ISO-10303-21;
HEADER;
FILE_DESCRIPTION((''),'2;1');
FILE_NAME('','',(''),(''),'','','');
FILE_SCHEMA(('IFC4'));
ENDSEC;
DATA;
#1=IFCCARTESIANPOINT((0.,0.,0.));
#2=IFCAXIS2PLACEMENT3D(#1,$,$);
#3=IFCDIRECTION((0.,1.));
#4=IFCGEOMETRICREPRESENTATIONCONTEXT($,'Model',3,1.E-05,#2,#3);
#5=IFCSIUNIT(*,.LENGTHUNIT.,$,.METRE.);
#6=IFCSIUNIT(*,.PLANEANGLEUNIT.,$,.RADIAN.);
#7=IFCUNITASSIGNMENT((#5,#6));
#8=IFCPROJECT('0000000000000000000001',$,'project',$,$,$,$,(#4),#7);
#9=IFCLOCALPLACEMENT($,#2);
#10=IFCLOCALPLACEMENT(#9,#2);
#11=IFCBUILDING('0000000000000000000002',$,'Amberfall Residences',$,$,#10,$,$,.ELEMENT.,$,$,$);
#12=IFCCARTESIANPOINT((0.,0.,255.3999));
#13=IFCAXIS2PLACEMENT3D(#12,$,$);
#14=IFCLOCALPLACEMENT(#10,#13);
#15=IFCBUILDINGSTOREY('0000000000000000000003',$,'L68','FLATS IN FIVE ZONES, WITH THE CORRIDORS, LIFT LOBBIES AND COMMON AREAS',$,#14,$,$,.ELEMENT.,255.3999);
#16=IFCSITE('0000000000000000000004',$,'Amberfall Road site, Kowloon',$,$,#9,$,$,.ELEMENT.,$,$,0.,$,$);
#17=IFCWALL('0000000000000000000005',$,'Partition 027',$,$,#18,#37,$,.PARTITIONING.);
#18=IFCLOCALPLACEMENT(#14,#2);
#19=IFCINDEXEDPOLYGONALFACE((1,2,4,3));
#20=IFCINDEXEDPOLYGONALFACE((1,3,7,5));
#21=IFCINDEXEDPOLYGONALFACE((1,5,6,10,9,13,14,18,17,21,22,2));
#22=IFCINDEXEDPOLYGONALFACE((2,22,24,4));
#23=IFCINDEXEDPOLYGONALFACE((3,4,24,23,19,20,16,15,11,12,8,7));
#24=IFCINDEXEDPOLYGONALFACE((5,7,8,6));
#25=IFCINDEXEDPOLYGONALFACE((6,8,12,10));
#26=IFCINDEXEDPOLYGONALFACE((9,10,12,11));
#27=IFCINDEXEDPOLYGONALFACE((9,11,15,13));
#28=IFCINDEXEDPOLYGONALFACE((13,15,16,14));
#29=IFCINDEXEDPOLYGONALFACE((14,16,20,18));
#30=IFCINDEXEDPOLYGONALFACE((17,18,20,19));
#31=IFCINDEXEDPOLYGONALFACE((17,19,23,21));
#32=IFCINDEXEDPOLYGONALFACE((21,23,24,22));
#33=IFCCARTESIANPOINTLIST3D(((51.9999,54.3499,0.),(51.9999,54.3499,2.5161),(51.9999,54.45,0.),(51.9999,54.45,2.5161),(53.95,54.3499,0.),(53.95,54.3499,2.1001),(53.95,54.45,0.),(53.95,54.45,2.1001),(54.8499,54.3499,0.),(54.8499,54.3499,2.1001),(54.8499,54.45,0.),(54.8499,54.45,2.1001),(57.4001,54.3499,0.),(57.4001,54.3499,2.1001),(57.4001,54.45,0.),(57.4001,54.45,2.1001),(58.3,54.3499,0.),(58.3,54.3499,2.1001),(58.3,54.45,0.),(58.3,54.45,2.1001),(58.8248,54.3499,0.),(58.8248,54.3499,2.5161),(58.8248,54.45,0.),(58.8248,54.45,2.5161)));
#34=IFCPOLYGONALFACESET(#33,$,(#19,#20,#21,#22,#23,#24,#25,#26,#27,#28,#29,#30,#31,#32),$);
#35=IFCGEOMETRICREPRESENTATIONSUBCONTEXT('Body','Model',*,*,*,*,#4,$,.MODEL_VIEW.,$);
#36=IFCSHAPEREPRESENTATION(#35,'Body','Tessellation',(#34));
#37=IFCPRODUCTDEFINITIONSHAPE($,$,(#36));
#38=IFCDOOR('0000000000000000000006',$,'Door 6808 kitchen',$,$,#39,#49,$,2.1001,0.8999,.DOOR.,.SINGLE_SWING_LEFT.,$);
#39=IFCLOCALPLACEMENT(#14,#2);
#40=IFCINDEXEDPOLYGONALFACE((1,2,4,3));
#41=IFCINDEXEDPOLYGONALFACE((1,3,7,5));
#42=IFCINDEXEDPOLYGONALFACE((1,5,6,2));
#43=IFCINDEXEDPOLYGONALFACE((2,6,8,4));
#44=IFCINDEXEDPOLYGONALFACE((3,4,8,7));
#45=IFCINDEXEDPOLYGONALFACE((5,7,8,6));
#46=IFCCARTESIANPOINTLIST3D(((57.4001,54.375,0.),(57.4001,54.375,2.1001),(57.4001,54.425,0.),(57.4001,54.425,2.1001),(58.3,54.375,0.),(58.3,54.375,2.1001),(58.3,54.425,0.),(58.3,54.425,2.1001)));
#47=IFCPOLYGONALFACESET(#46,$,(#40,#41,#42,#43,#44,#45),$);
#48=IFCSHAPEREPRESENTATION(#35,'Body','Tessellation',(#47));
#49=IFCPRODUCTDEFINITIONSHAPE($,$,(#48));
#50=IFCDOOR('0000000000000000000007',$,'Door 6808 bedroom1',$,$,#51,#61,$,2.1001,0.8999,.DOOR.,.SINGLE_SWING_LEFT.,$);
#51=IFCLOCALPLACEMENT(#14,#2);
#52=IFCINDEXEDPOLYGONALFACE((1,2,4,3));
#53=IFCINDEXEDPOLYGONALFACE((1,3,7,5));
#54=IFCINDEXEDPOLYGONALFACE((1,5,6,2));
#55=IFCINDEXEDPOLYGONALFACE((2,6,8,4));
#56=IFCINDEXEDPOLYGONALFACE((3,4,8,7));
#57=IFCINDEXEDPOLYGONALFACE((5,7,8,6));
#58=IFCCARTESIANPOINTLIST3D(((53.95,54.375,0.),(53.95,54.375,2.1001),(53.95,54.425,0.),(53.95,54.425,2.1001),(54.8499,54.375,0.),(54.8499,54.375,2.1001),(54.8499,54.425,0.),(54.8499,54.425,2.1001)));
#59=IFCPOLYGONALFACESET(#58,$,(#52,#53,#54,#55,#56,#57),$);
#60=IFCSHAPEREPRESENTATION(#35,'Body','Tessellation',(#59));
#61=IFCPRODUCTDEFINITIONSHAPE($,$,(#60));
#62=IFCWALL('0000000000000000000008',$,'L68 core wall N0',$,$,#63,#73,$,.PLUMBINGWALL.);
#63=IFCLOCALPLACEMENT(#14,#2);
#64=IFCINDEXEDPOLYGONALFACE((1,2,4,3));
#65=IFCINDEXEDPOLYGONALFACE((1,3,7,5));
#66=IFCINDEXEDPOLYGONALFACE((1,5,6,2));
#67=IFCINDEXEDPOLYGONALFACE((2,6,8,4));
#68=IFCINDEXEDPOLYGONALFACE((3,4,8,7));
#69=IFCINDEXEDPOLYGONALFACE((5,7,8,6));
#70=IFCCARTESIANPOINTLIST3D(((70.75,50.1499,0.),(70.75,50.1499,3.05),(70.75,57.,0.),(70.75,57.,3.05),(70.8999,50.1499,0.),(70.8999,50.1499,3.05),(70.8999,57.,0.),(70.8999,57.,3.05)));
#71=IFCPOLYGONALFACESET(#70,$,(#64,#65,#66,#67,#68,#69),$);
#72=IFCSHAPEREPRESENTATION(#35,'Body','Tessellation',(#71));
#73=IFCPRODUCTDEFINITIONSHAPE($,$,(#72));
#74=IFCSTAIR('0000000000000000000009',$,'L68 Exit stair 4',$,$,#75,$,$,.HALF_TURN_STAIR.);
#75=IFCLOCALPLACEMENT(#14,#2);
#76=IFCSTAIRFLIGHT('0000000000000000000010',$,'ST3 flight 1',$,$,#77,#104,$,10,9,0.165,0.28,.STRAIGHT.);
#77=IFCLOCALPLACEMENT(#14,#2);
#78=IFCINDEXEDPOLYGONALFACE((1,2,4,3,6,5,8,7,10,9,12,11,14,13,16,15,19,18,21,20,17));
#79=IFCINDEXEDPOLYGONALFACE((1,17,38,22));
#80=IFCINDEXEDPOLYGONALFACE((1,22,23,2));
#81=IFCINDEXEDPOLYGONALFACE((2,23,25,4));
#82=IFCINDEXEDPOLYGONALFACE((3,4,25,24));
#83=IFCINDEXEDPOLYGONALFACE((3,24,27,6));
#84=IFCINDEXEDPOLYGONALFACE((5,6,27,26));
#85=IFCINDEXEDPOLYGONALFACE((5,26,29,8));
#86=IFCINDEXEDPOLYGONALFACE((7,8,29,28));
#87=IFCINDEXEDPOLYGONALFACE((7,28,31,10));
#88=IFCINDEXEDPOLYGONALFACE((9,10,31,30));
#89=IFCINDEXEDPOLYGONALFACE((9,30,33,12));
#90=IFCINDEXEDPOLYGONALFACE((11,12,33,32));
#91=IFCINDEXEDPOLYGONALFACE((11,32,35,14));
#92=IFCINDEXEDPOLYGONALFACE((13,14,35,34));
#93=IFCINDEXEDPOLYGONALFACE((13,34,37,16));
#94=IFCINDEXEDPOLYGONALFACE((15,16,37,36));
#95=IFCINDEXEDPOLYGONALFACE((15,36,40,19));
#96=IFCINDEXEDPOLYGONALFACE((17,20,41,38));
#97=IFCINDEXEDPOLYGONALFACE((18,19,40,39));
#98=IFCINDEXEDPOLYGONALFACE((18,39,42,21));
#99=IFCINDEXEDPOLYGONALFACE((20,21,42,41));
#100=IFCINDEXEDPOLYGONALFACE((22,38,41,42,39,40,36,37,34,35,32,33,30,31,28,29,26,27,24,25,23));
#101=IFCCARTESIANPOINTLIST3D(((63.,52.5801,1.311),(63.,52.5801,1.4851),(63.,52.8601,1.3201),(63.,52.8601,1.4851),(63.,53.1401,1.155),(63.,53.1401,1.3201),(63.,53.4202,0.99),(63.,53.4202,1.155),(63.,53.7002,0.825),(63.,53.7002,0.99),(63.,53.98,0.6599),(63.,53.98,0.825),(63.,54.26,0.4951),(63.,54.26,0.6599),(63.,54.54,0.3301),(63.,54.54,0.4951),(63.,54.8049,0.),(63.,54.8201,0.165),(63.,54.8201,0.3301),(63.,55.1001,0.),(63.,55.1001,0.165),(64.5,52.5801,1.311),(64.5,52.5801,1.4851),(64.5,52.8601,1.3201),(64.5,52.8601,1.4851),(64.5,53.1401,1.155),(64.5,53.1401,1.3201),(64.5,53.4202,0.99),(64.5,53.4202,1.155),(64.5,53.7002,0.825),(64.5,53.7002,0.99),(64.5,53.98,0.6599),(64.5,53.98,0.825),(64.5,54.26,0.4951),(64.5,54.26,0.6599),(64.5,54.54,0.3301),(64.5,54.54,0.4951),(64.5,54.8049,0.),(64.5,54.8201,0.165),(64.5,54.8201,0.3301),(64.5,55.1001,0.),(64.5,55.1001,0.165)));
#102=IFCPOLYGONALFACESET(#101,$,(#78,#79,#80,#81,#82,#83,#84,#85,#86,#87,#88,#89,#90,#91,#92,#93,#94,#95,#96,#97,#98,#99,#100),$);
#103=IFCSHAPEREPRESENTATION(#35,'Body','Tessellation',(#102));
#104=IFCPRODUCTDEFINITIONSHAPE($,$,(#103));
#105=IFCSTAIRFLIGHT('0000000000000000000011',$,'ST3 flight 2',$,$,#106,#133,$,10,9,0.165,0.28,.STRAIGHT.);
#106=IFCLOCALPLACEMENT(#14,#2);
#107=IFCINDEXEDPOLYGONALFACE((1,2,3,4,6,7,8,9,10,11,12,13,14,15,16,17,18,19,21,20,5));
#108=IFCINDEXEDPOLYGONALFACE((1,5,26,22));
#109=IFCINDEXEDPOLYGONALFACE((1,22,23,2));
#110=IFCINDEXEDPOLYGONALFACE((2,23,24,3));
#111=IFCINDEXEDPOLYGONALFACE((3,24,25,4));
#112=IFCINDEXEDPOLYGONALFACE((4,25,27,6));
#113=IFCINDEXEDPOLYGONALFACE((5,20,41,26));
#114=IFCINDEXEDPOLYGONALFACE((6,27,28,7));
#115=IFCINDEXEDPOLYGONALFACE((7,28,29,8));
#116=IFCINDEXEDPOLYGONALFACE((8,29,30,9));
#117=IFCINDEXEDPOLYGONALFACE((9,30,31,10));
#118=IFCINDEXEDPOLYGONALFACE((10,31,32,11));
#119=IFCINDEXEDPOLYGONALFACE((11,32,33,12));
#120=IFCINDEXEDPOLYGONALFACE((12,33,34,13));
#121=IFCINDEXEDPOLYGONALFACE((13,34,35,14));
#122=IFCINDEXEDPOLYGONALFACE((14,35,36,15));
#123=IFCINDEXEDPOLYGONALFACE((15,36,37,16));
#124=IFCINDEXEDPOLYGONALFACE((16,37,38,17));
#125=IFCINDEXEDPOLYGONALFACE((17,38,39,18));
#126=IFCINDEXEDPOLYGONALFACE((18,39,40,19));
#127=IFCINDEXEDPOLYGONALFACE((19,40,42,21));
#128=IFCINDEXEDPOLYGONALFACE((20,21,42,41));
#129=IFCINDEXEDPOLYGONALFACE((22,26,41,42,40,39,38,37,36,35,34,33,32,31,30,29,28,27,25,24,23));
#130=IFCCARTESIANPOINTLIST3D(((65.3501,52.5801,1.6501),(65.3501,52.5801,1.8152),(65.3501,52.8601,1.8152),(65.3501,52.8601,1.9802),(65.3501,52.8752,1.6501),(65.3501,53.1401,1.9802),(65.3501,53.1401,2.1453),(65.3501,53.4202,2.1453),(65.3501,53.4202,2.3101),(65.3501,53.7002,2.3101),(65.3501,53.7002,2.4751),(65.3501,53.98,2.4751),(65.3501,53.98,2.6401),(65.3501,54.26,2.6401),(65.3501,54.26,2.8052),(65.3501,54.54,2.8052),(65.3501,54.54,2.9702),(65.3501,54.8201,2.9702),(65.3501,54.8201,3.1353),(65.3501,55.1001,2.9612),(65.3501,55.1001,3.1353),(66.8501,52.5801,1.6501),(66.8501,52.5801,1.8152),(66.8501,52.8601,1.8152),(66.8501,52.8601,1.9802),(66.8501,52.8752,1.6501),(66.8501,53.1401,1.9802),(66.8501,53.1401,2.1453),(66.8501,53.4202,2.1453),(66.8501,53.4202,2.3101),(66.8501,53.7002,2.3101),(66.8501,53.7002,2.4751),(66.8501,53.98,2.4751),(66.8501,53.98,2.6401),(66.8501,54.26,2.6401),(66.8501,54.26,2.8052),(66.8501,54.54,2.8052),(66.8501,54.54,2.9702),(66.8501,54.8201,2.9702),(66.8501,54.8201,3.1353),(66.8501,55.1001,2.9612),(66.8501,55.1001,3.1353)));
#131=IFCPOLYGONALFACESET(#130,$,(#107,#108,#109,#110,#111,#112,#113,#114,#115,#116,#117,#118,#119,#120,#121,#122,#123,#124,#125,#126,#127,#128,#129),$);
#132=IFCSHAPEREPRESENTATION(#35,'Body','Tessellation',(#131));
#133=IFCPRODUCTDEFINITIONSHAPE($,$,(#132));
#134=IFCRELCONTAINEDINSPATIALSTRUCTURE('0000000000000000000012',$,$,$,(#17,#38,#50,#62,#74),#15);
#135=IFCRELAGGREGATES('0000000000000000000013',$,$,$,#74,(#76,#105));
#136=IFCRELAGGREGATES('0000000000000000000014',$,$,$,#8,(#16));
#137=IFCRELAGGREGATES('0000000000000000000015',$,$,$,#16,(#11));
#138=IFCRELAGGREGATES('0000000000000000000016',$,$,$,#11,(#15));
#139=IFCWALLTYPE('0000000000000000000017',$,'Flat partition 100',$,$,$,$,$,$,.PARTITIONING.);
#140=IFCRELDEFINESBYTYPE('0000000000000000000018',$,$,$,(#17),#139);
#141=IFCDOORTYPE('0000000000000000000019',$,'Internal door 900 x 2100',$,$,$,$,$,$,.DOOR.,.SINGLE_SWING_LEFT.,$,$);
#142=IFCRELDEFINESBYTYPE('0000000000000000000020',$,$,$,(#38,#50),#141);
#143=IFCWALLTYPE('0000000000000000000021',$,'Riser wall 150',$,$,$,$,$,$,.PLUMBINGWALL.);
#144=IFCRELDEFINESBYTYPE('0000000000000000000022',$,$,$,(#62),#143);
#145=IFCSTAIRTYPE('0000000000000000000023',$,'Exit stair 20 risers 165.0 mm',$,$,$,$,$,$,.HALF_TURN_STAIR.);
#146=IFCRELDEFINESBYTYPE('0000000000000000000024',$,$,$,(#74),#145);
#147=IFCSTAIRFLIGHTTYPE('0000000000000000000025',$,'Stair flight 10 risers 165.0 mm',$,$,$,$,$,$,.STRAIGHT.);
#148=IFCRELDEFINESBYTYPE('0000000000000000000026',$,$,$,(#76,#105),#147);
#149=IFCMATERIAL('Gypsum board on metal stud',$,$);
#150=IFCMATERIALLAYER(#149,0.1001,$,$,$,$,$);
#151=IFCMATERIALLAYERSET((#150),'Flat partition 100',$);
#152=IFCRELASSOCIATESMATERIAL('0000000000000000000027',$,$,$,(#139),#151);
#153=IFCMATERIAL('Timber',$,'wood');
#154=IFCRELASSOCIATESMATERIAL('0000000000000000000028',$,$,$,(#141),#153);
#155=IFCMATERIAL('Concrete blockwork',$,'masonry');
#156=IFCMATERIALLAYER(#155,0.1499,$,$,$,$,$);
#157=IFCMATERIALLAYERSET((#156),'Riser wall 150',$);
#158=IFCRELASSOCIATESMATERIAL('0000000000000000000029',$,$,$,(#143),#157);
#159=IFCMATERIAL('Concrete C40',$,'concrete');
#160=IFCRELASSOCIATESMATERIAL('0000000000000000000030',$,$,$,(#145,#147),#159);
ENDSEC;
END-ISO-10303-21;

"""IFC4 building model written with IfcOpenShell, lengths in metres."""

from ifc_helpers import new_model, si_unit, direction, frame, frame_2d, origin, place, context, subcontext, project, spatial, polyline, rectangle, outline, extrude, material, layer, layer_set, type_object, element, fill, aggregate, save


model = new_model("IFC4")

# Units and contexts
model_context = context("Model", 3, precision=1e-05, world=origin(), true_north=direction((0.0, 1.0)))
body_context = subcontext(model_context, "Body", "Model", "MODEL_VIEW")
ifc_project = project(units=[si_unit("LENGTHUNIT", "METRE"), si_unit("PLANEANGLEUNIT", "RADIAN")], contexts=[model_context])

# Site, building, storey
site_placement = place(None, origin())
site = spatial("IfcSite", under=ifc_project, at=site_placement, Name="Amberfall Road site, Kowloon", CompositionType="ELEMENT", RefElevation=0.0)
building_placement = place(site_placement, origin())
building = spatial("IfcBuilding", under=site, at=building_placement, Name="Amberfall Residences", CompositionType="ELEMENT")
storey_placement = place(building_placement, frame((0.0, 0.0, 255.3999)))
storey = spatial("IfcBuildingStorey", under=building, at=storey_placement, Name="L68", Description="FLATS IN FIVE ZONES, WITH THE CORRIDORS, LIFT LOBBIES AND COMMON AREAS", CompositionType="ELEMENT", Elevation=255.3999)

# Wall, openings, doors
ifc_material_1 = material(Name="Gypsum board on metal stud")
ifc_layer_1 = layer(ifc_material_1, 0.1001)
ifc_layer_set_1 = layer_set([ifc_layer_1], Name="Flat partition 100")
wall_type_1 = type_object("IfcWallType", Name="Flat partition 100", PredefinedType="PARTITIONING", material=ifc_layer_set_1)
wall_1_placement = place(storey_placement, frame((58.825, 54.3999, 0.0), z_axis=(0.0, 0.0, 1.0), x_axis=(-1.0, 0.0, 0.0)))
wall_1 = element("IfcWall", 1, at=wall_1_placement, inside=storey, type_object=wall_type_1, Name="Partition 027", PredefinedType="PARTITIONING", context=body_context, shape_type="SweptSolid", body=[
    extrude(rectangle(XDim=6.825, YDim=0.1001, at=frame_2d((3.4126, 0.0))), origin(), (0.0, 0.0, 1.0), 2.5161),
])
opening_1_placement = place(wall_1_placement, frame((0.5249, 0.0, 0.0)))
opening_1 = element("IfcOpeningElement", 2, at=opening_1_placement, cuts=wall_1, PredefinedType="OPENING", context=body_context, shape_type="SweptSolid", body=[
    extrude(rectangle(XDim=0.8999, YDim=2.1001, at=frame_2d((0.45, 1.05))), frame((0.0, 0.0601, 0.0), z_axis=(0.0, -1.0, 0.0), x_axis=(1.0, 0.0, 0.0)), (0.0, 0.0, 1.0), 0.1201),
])
opening_2_placement = place(wall_1_placement, frame((3.9751, 0.0, 0.0)))
opening_2 = element("IfcOpeningElement", 3, at=opening_2_placement, cuts=wall_1, PredefinedType="OPENING", context=body_context, shape_type="SweptSolid", body=[
    extrude(rectangle(XDim=0.8999, YDim=2.1001, at=frame_2d((0.45, 1.05))), frame((0.0, 0.0601, 0.0), z_axis=(0.0, -1.0, 0.0), x_axis=(1.0, 0.0, 0.0)), (0.0, 0.0, 1.0), 0.1201),
])
ifc_material_2 = material(Name="Timber", Category="wood")
door_type_1 = type_object("IfcDoorType", Name="Internal door 900 x 2100", OperationType="SINGLE_SWING_LEFT", PredefinedType="DOOR", material=ifc_material_2)
door_1_placement = place(opening_1_placement, origin())
door_1 = element("IfcDoor", 4, at=door_1_placement, inside=storey, type_object=door_type_1, Name="Door 6808 kitchen", OperationType="SINGLE_SWING_LEFT", OverallHeight=2.1001, OverallWidth=0.8999, PredefinedType="DOOR", context=body_context, shape_type="SweptSolid", body=[
    extrude(rectangle(XDim=0.8999, YDim=2.1001, at=frame_2d((0.45, 1.05))), frame((0.0, 0.0249, 0.0), z_axis=(0.0, -1.0, 0.0), x_axis=(1.0, 0.0, 0.0)), (0.0, 0.0, 1.0), 0.05),
])
fill(opening_1, door_1)
door_2_placement = place(opening_2_placement, origin())
door_2 = element("IfcDoor", 5, at=door_2_placement, inside=storey, type_object=door_type_1, Name="Door 6808 bedroom1", OperationType="SINGLE_SWING_LEFT", OverallHeight=2.1001, OverallWidth=0.8999, PredefinedType="DOOR", context=body_context, shape_type="SweptSolid", body=[
    extrude(rectangle(XDim=0.8999, YDim=2.1001, at=frame_2d((0.45, 1.05))), frame((0.0, 0.0249, 0.0), z_axis=(0.0, -1.0, 0.0), x_axis=(1.0, 0.0, 0.0)), (0.0, 0.0, 1.0), 0.05),
])
fill(opening_2, door_2)

# Wall
ifc_material_3 = material(Name="Concrete blockwork", Category="masonry")
ifc_layer_2 = layer(ifc_material_3, 0.1499)
ifc_layer_set_2 = layer_set([ifc_layer_2], Name="Riser wall 150")
wall_type_2 = type_object("IfcWallType", Name="Riser wall 150", PredefinedType="PLUMBINGWALL", material=ifc_layer_set_2)
wall_2_placement = place(storey_placement, frame((70.825, 50.1499, 0.0), z_axis=(0.0, 0.0, 1.0), x_axis=(0.0, 1.0, 0.0)))
element("IfcWall", 6, at=wall_2_placement, inside=storey, type_object=wall_type_2, Name="L68 core wall N0", PredefinedType="PLUMBINGWALL", context=body_context, shape_type="SweptSolid", body=[
    extrude(rectangle(XDim=6.8501, YDim=0.1499, at=frame_2d((3.425, 0.0))), origin(), (0.0, 0.0, 1.0), 3.05),
])

# Stair, stair flights
ifc_material_4 = material(Name="Concrete C40", Category="concrete")
stair_type = type_object("IfcStairType", Name="Exit stair 20 risers 165.0 mm", PredefinedType="HALF_TURN_STAIR", material=ifc_material_4)
stair_placement = place(storey_placement, origin())
stair = element("IfcStair", 7, at=stair_placement, inside=storey, type_object=stair_type, Name="L68 Exit stair 4", PredefinedType="HALF_TURN_STAIR")
stair_flight_type = type_object("IfcStairFlightType", Name="Stair flight 10 risers 165.0 mm", PredefinedType="STRAIGHT", material=ifc_material_4)
stair_flight_1_placement = place(storey_placement, frame((63.75, 55.1001, 0.0), z_axis=(0.0, 0.0, 1.0), x_axis=(0.0, -1.0, 0.0)))
stair_flight_1 = element("IfcStairFlight", 8, at=stair_flight_1_placement, type_object=stair_flight_type, Name="ST3 flight 1", NumberOfRisers=10, NumberOfTreads=9, PredefinedType="STRAIGHT", RiserHeight=0.165, TreadLength=0.28, context=body_context, shape_type="SweptSolid", body=[
    extrude(outline(polyline([(0.0, 0.0), (0.0, 0.165), (0.28, 0.165), (0.28, 0.3301), (0.5601, 0.3301), (0.5601, 0.4951), (0.8401, 0.4951), (0.8401, 0.6599), (1.1201, 0.6599), (1.1201, 0.825), (1.3999, 0.825), (1.3999, 0.99), (1.6799, 0.99), (1.6799, 1.155), (1.96, 1.155), (1.96, 1.3201), (2.24, 1.3201), (2.24, 1.4851), (2.52, 1.4851), (2.52, 1.6499), (2.52, 1.311), (0.2952, 0.0), (0.0, 0.0)])), frame((0.0, 0.75, 0.0), z_axis=(0.0, -1.0, 0.0), x_axis=(1.0, 0.0, 0.0)), (0.0, 0.0, 1.0), 1.5),
])
stair_flight_2_placement = place(storey_placement, frame((66.1001, 52.5801, 1.6501), z_axis=(0.0, 0.0, 1.0), x_axis=(0.0, 1.0, 0.0)))
stair_flight_2 = element("IfcStairFlight", 9, at=stair_flight_2_placement, type_object=stair_flight_type, Name="ST3 flight 2", NumberOfRisers=10, NumberOfTreads=9, PredefinedType="STRAIGHT", RiserHeight=0.165, TreadLength=0.28, context=body_context, shape_type="SweptSolid", body=[
    extrude(outline(polyline([(0.0, 0.0), (0.0, 0.165), (0.28, 0.165), (0.28, 0.3301), (0.5601, 0.3301), (0.5601, 0.4951), (0.8401, 0.4951), (0.8401, 0.6599), (1.1201, 0.6599), (1.1201, 0.825), (1.3999, 0.825), (1.3999, 0.99), (1.6799, 0.99), (1.6799, 1.155), (1.96, 1.155), (1.96, 1.3201), (2.24, 1.3201), (2.24, 1.4851), (2.52, 1.4851), (2.52, 1.6499), (2.52, 1.311), (0.2952, 0.0), (0.0, 0.0)])), frame((0.0, 0.75, 0.0), z_axis=(0.0, -1.0, 0.0), x_axis=(1.0, 0.0, 0.0)), (0.0, 0.0, 1.0), 1.5),
])
aggregate(stair, [stair_flight_1, stair_flight_2])

save(model, "model.ifc")
